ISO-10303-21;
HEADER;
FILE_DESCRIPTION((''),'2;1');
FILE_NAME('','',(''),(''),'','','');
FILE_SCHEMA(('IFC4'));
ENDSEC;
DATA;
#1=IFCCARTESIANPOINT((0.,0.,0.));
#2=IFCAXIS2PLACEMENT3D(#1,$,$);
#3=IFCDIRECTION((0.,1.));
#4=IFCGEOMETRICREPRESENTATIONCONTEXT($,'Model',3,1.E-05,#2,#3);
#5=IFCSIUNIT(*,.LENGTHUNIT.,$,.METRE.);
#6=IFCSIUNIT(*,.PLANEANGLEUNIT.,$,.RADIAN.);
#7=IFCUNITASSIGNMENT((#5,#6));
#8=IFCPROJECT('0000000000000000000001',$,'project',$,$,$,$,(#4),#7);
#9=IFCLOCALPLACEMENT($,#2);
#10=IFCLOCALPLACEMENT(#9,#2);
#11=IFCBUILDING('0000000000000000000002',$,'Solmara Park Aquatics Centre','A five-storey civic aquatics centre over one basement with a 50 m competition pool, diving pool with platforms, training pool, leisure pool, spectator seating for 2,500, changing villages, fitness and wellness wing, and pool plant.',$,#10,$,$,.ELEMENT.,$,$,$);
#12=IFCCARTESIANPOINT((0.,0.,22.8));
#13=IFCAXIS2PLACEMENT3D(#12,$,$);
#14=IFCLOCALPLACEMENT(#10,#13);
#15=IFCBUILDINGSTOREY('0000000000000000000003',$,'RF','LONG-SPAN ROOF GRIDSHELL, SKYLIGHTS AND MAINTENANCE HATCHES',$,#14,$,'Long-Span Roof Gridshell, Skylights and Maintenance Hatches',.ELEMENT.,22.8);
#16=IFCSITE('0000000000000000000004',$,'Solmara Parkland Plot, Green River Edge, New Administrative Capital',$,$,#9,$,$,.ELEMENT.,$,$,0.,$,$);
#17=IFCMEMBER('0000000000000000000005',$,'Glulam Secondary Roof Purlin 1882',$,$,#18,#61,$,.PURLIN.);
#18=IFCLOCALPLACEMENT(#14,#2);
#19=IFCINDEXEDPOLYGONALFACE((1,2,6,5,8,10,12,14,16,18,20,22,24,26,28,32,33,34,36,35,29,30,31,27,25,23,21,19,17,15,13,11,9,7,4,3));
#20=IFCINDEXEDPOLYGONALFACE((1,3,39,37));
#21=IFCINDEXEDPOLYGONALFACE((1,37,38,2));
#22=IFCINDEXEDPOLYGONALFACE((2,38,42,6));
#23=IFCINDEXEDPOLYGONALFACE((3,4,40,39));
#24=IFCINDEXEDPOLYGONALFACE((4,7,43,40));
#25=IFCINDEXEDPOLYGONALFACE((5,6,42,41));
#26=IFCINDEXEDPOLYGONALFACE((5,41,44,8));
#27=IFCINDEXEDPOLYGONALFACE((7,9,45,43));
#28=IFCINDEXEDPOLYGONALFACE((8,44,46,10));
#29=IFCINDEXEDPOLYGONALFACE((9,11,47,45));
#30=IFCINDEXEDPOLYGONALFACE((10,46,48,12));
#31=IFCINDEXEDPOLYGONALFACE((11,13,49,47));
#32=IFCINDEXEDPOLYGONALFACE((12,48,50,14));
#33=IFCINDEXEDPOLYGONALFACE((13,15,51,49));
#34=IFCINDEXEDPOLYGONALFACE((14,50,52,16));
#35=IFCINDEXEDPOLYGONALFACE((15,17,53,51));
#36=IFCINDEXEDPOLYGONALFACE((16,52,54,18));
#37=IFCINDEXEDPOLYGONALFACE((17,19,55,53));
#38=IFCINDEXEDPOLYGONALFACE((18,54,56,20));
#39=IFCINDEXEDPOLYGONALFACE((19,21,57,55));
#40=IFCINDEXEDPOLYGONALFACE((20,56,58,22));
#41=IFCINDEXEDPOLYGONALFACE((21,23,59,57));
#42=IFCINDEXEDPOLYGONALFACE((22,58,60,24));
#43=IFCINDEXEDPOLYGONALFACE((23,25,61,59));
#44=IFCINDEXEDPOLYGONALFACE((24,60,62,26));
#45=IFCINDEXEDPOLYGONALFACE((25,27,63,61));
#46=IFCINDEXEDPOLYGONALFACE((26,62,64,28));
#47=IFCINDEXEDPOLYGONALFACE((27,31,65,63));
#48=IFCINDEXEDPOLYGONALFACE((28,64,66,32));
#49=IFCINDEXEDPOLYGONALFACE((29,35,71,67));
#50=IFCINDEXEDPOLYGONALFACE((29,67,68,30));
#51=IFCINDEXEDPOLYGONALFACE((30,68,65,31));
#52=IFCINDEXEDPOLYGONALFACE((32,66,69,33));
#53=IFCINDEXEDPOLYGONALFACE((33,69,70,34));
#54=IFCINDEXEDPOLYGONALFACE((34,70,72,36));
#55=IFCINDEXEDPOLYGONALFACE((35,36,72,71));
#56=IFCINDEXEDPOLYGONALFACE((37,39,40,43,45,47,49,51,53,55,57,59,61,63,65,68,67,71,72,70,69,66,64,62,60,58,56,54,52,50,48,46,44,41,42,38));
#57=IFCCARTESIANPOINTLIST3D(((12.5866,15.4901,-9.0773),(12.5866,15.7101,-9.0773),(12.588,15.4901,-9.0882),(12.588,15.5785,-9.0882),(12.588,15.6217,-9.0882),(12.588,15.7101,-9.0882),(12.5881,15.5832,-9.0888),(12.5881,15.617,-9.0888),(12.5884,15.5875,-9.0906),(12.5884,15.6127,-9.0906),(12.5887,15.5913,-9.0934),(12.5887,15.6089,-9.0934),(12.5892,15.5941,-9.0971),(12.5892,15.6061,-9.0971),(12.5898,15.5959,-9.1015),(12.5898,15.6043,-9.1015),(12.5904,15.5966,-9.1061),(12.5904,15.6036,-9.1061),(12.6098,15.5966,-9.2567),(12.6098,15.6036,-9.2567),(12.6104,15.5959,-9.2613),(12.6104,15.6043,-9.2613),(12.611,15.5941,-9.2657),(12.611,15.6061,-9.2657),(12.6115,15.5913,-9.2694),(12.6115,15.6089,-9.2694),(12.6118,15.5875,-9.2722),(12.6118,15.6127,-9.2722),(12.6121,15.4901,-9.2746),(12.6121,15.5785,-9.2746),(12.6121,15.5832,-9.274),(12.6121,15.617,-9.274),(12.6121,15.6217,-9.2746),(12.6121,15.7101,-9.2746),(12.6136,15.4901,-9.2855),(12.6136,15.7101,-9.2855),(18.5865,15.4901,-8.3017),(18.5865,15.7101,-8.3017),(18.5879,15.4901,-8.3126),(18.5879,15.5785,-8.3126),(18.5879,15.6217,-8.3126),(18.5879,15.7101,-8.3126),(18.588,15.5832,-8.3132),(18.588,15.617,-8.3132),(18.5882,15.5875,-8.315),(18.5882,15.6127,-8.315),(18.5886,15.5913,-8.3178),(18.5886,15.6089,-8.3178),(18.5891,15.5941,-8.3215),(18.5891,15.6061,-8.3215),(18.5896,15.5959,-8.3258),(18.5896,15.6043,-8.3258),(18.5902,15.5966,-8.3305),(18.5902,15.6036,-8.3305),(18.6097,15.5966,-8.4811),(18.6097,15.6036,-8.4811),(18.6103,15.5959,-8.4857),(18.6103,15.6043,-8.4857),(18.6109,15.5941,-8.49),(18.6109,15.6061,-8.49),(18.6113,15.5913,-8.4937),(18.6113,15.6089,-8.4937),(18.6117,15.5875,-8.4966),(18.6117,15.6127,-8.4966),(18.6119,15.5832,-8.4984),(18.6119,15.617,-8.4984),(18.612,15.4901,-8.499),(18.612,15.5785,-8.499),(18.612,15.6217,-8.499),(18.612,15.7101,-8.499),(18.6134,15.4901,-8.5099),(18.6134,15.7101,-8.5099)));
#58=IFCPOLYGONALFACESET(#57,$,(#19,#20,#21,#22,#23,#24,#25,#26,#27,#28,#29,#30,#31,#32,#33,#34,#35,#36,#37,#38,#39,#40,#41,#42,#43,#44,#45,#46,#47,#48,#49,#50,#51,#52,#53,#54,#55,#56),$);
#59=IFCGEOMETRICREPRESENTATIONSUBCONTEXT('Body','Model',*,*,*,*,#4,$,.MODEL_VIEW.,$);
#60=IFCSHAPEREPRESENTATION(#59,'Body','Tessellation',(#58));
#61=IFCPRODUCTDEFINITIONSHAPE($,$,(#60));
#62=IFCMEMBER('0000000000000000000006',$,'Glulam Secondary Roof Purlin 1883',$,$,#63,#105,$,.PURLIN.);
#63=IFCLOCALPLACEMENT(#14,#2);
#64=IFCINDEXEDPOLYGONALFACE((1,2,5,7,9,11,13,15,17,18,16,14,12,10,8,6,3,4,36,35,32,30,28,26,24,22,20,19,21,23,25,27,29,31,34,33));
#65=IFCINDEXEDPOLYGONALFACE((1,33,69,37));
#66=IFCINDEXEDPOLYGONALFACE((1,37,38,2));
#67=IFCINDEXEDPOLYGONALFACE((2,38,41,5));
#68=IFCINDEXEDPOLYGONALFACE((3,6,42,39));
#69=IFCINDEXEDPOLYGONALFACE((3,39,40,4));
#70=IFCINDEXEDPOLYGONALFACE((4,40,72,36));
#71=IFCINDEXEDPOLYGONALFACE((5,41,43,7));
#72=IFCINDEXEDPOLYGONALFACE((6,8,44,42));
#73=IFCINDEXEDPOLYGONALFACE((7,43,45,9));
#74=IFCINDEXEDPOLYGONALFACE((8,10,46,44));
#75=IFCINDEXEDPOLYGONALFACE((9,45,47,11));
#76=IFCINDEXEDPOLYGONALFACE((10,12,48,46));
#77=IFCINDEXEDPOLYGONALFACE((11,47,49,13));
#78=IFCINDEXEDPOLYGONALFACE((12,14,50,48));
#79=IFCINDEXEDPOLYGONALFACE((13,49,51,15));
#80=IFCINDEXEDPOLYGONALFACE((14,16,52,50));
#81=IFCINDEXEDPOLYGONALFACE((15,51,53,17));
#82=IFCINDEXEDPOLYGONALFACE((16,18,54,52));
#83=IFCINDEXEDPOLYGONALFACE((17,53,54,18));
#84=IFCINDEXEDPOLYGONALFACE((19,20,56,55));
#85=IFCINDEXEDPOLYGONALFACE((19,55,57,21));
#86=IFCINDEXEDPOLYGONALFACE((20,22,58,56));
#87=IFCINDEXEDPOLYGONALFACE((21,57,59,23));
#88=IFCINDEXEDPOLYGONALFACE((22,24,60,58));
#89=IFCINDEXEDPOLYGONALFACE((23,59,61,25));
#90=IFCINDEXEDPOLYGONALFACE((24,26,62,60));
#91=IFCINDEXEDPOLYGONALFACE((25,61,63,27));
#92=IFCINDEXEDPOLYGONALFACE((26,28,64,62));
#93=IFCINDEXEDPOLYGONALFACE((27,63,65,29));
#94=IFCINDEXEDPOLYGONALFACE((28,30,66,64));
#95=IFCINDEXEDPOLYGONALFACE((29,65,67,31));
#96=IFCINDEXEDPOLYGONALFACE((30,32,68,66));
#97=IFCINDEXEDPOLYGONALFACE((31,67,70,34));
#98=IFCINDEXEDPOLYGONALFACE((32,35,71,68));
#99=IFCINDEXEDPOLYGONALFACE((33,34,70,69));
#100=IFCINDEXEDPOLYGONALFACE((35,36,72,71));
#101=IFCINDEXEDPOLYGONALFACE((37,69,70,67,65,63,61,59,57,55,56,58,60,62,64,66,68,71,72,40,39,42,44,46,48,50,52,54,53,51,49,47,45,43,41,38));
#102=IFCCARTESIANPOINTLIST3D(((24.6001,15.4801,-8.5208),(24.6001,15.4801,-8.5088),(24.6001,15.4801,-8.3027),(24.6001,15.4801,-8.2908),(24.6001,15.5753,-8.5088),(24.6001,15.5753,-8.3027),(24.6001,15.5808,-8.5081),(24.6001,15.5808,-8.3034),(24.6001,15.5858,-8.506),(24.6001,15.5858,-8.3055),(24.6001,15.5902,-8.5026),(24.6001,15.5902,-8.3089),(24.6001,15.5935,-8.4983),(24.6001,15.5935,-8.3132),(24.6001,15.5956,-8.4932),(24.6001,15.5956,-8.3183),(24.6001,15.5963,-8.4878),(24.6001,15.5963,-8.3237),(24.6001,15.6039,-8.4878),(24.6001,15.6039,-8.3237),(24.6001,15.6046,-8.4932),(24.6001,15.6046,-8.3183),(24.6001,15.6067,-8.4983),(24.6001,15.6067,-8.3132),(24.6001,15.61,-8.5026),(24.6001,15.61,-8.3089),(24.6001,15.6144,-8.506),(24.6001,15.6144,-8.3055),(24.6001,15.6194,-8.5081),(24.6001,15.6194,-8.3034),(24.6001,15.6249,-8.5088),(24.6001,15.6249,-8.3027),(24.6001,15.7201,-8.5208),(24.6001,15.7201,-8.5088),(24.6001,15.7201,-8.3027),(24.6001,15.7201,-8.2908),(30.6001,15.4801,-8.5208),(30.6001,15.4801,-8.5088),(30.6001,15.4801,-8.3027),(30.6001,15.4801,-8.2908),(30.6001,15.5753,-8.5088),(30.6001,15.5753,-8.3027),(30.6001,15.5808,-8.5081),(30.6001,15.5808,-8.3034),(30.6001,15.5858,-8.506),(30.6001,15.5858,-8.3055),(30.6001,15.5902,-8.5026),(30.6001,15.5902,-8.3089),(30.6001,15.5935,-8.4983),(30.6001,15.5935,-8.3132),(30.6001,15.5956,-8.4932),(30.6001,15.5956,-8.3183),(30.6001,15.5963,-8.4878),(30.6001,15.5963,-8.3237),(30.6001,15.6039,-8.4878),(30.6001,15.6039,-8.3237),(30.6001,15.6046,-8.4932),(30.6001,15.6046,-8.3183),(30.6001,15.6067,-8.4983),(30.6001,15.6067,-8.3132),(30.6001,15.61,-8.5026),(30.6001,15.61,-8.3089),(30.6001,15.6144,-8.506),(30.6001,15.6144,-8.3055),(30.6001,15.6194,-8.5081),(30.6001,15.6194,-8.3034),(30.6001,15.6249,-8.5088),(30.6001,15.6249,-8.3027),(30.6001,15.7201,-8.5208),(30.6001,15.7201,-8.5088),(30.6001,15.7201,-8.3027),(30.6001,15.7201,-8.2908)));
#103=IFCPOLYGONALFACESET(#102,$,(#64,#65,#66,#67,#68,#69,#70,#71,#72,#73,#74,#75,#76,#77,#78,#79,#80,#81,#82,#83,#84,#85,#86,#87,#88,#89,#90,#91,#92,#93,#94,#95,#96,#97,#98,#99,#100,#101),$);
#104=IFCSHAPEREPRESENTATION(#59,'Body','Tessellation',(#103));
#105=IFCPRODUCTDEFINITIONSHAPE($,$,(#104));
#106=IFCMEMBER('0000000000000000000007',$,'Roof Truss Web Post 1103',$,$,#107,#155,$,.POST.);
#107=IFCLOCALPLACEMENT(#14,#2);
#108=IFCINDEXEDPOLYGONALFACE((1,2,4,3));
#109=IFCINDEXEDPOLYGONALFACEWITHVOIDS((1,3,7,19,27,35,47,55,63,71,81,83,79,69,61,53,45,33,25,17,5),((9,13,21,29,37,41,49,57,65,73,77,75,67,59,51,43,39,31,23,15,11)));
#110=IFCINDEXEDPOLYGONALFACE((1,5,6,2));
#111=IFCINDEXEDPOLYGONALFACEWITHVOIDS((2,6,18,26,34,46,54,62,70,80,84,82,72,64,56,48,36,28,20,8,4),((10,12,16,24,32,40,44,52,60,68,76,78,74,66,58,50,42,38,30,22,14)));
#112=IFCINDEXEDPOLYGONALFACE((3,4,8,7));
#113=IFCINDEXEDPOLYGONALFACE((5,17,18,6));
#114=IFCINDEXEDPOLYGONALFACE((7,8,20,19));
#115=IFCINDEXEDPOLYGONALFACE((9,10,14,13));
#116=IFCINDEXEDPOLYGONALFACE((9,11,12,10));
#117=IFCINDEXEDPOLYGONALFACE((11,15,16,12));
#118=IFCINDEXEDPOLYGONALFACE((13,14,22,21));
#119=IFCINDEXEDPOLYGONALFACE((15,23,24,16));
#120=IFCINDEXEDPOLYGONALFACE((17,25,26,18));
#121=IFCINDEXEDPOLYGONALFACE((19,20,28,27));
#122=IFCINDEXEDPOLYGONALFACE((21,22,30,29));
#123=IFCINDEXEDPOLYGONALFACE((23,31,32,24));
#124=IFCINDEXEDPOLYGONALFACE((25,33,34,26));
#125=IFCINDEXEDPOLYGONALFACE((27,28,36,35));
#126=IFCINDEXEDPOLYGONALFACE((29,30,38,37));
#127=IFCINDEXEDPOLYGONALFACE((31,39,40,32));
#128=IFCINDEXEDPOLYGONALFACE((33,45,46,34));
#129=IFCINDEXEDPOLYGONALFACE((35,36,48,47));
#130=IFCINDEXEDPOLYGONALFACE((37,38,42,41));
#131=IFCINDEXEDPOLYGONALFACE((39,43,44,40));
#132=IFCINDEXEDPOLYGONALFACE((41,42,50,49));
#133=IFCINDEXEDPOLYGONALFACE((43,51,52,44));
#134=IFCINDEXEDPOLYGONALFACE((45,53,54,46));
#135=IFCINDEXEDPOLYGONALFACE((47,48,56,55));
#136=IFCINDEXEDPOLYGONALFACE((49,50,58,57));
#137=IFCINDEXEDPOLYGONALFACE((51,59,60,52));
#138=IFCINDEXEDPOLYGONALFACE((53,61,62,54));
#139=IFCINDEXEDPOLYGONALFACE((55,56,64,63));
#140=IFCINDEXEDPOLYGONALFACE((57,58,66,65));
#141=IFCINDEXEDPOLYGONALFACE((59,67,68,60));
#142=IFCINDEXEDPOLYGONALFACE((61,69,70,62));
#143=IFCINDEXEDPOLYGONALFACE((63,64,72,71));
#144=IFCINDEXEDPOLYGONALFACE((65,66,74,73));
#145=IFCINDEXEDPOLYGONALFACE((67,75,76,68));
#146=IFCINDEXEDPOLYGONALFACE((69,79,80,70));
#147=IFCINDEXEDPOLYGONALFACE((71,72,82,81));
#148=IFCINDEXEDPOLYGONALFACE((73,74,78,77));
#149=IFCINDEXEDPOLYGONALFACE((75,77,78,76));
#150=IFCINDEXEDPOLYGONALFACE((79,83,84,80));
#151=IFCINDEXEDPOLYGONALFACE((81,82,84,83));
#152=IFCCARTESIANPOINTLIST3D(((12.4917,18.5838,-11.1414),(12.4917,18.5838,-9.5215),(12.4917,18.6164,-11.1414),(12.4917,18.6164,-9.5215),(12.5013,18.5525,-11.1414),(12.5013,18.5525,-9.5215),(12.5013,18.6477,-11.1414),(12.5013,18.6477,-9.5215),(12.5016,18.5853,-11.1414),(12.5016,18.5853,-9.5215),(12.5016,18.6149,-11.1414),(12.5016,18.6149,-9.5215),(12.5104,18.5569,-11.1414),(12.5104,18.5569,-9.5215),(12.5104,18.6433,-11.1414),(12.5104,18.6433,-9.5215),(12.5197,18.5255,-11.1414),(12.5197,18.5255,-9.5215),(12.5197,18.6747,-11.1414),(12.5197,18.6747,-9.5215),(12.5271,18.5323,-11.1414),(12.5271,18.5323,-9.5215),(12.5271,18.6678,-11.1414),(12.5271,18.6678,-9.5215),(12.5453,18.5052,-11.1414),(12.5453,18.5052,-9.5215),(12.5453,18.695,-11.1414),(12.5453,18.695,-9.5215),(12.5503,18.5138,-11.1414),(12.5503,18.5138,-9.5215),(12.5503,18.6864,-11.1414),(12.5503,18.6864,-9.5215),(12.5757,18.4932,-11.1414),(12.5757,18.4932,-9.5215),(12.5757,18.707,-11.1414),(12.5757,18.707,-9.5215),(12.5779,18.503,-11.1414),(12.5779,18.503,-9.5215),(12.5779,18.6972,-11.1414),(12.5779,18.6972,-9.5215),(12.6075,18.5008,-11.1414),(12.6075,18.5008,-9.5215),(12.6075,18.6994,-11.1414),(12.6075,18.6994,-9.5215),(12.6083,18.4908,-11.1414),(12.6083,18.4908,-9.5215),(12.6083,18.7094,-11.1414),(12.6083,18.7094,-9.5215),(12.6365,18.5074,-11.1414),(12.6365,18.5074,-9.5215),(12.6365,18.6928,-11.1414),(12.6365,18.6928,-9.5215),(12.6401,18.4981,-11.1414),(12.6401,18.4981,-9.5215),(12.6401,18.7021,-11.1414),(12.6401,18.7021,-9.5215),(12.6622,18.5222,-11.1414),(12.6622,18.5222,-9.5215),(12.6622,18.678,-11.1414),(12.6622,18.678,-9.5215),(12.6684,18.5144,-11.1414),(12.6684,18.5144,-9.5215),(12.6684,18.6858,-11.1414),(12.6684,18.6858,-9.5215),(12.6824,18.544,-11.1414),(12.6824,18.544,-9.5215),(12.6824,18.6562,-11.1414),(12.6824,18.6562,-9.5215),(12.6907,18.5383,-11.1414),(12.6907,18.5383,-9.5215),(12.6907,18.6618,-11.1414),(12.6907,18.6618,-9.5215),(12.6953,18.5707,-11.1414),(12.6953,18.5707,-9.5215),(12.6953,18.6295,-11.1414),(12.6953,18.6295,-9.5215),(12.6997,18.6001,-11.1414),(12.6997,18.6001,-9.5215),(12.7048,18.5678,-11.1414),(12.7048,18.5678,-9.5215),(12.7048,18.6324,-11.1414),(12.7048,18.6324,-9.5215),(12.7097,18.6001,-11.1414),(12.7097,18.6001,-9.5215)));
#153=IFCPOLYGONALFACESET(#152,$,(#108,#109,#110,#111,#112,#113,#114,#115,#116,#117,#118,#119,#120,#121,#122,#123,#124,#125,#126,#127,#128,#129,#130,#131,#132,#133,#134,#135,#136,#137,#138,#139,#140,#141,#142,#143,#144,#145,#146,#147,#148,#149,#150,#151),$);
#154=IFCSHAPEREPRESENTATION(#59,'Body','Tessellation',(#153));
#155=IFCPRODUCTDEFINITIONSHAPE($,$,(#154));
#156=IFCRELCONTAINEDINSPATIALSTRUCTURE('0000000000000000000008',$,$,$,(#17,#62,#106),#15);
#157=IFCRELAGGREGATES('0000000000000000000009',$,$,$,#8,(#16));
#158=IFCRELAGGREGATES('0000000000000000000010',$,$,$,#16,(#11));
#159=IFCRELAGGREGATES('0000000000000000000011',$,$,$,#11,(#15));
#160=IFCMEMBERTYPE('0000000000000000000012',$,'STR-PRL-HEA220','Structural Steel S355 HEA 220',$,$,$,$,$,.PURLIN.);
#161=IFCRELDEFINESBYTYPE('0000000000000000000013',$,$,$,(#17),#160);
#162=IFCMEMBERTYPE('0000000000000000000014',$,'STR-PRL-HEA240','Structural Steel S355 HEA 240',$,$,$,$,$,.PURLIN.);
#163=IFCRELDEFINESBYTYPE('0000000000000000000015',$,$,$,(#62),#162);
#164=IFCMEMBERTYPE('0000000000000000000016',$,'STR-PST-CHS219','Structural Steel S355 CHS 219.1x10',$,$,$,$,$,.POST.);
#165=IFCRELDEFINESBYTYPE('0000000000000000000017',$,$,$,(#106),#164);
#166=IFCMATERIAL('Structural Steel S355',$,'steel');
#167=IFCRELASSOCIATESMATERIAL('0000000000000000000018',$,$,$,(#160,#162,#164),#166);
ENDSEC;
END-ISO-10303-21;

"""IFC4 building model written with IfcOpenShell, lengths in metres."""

from ifc_helpers import new_model, si_unit, direction, frame, origin, origin_2d, place, context, subcontext, project, spatial, hollow_circle, i_section, extrude, material, material_profile, profile_set, type_object, element, save


model = new_model("IFC4")

# Units and contexts
model_context = context("Model", 3, precision=1e-05, world=origin(), true_north=direction((0.0, 1.0)))
body_context = subcontext(model_context, "Body", "Model", "MODEL_VIEW")
ifc_project = project(units=[si_unit("LENGTHUNIT", "METRE"), si_unit("PLANEANGLEUNIT", "RADIAN")], contexts=[model_context])

# Site, building, storey
site_placement = place(None, origin())
site = spatial("IfcSite", under=ifc_project, at=site_placement, Name="Solmara Parkland Plot, Green River Edge, New Administrative Capital", CompositionType="ELEMENT", RefElevation=0.0)
building_placement = place(site_placement, origin())
building = spatial("IfcBuilding", under=site, at=building_placement, Name="Solmara Park Aquatics Centre", Description="A five-storey civic aquatics centre over one basement with a 50 m competition pool, diving pool with platforms, training pool, leisure pool, spectator seating for 2,500, changing villages, fitness and wellness wing, and pool plant.", CompositionType="ELEMENT")
storey_placement = place(building_placement, frame((0.0, 0.0, 22.8)))
storey = spatial("IfcBuildingStorey", under=building, at=storey_placement, Name="RF", Description="LONG-SPAN ROOF GRIDSHELL, SKYLIGHTS AND MAINTENANCE HATCHES", LongName="Long-Span Roof Gridshell, Skylights and Maintenance Hatches", CompositionType="ELEMENT", Elevation=22.8)

# Members
ifc_material_1 = material(Name="Structural Steel S355", Category="steel")
ifc_material_profile_1 = material_profile(ifc_material_1, i_section(OverallWidth=0.22, OverallDepth=0.21, WebThickness=0.0071, FlangeThickness=0.011, FilletRadius=0.0181, at=origin_2d()), Name="HEA 220")
ifc_profile_set_1 = profile_set([ifc_material_profile_1], Name="Structural Steel S355")
member_type_1 = type_object("IfcMemberType", Name="STR-PRL-HEA220", Description="Structural Steel S355 HEA 220", PredefinedType="PURLIN", material=ifc_profile_set_1)
member_1_placement = place(storey_placement, frame((12.6001, 15.6001, -9.1814), z_axis=(0.991748, 0.0, 0.128206), x_axis=(0.0, 1.0, 0.0)))
element("IfcMember", 1, at=member_1_placement, inside=storey, type_object=member_type_1, Name="Glulam Secondary Roof Purlin 1882", PredefinedType="PURLIN", context=body_context, shape_type="SweptSolid", body=[
    extrude(i_section(OverallWidth=0.22, OverallDepth=0.21, WebThickness=0.0071, FlangeThickness=0.011, FilletRadius=0.0181, at=origin_2d()), origin(), (0.0, 0.0, 1.0), 6.0498),
])
ifc_material_profile_2 = material_profile(ifc_material_1, i_section(OverallWidth=0.24, OverallDepth=0.23, WebThickness=0.0076, FlangeThickness=0.012, FilletRadius=0.021, at=origin_2d()), Name="HEA 240")
ifc_profile_set_2 = profile_set([ifc_material_profile_2], Name="Structural Steel S355")
member_type_2 = type_object("IfcMemberType", Name="STR-PRL-HEA240", Description="Structural Steel S355 HEA 240", PredefinedType="PURLIN", material=ifc_profile_set_2)
member_2_placement = place(storey_placement, frame((24.6001, 15.6001, -8.4058), z_axis=(1.0, 0.0, 0.0), x_axis=(0.0, 1.0, 0.0)))
element("IfcMember", 2, at=member_2_placement, inside=storey, type_object=member_type_2, Name="Glulam Secondary Roof Purlin 1883", PredefinedType="PURLIN", context=body_context, shape_type="SweptSolid", body=[
    extrude(i_section(OverallWidth=0.24, OverallDepth=0.23, WebThickness=0.0076, FlangeThickness=0.012, FilletRadius=0.021, at=origin_2d()), origin(), (0.0, 0.0, 1.0), 6.0),
])
ifc_material_profile_3 = material_profile(ifc_material_1, hollow_circle(Radius=0.1096, WallThickness=0.01, at=origin_2d()), Name="CHS 219.1x10")
ifc_profile_set_3 = profile_set([ifc_material_profile_3], Name="Structural Steel S355")
member_type_3 = type_object("IfcMemberType", Name="STR-PST-CHS219", Description="Structural Steel S355 CHS 219.1x10", PredefinedType="POST", material=ifc_profile_set_3)
for number, where, z_axis, x_axis, name in (
    (3, (12.6001, 18.6001, -11.1414), (0.0, 0.0, 1.0), (1.0, 0.0, 0.0), "Roof Truss Web Post 1103"),
):
    element("IfcMember", number, at=place(storey_placement, frame(where, z_axis=z_axis, x_axis=x_axis)), inside=storey, type_object=member_type_3, Name=name, PredefinedType="POST", context=body_context, shape_type="SweptSolid", body=[
        extrude(hollow_circle(Radius=0.1096, WallThickness=0.01, at=origin_2d()), origin(), (0.0, 0.0, 1.0), 1.6199),
    ])

save(model, "model.ifc")
